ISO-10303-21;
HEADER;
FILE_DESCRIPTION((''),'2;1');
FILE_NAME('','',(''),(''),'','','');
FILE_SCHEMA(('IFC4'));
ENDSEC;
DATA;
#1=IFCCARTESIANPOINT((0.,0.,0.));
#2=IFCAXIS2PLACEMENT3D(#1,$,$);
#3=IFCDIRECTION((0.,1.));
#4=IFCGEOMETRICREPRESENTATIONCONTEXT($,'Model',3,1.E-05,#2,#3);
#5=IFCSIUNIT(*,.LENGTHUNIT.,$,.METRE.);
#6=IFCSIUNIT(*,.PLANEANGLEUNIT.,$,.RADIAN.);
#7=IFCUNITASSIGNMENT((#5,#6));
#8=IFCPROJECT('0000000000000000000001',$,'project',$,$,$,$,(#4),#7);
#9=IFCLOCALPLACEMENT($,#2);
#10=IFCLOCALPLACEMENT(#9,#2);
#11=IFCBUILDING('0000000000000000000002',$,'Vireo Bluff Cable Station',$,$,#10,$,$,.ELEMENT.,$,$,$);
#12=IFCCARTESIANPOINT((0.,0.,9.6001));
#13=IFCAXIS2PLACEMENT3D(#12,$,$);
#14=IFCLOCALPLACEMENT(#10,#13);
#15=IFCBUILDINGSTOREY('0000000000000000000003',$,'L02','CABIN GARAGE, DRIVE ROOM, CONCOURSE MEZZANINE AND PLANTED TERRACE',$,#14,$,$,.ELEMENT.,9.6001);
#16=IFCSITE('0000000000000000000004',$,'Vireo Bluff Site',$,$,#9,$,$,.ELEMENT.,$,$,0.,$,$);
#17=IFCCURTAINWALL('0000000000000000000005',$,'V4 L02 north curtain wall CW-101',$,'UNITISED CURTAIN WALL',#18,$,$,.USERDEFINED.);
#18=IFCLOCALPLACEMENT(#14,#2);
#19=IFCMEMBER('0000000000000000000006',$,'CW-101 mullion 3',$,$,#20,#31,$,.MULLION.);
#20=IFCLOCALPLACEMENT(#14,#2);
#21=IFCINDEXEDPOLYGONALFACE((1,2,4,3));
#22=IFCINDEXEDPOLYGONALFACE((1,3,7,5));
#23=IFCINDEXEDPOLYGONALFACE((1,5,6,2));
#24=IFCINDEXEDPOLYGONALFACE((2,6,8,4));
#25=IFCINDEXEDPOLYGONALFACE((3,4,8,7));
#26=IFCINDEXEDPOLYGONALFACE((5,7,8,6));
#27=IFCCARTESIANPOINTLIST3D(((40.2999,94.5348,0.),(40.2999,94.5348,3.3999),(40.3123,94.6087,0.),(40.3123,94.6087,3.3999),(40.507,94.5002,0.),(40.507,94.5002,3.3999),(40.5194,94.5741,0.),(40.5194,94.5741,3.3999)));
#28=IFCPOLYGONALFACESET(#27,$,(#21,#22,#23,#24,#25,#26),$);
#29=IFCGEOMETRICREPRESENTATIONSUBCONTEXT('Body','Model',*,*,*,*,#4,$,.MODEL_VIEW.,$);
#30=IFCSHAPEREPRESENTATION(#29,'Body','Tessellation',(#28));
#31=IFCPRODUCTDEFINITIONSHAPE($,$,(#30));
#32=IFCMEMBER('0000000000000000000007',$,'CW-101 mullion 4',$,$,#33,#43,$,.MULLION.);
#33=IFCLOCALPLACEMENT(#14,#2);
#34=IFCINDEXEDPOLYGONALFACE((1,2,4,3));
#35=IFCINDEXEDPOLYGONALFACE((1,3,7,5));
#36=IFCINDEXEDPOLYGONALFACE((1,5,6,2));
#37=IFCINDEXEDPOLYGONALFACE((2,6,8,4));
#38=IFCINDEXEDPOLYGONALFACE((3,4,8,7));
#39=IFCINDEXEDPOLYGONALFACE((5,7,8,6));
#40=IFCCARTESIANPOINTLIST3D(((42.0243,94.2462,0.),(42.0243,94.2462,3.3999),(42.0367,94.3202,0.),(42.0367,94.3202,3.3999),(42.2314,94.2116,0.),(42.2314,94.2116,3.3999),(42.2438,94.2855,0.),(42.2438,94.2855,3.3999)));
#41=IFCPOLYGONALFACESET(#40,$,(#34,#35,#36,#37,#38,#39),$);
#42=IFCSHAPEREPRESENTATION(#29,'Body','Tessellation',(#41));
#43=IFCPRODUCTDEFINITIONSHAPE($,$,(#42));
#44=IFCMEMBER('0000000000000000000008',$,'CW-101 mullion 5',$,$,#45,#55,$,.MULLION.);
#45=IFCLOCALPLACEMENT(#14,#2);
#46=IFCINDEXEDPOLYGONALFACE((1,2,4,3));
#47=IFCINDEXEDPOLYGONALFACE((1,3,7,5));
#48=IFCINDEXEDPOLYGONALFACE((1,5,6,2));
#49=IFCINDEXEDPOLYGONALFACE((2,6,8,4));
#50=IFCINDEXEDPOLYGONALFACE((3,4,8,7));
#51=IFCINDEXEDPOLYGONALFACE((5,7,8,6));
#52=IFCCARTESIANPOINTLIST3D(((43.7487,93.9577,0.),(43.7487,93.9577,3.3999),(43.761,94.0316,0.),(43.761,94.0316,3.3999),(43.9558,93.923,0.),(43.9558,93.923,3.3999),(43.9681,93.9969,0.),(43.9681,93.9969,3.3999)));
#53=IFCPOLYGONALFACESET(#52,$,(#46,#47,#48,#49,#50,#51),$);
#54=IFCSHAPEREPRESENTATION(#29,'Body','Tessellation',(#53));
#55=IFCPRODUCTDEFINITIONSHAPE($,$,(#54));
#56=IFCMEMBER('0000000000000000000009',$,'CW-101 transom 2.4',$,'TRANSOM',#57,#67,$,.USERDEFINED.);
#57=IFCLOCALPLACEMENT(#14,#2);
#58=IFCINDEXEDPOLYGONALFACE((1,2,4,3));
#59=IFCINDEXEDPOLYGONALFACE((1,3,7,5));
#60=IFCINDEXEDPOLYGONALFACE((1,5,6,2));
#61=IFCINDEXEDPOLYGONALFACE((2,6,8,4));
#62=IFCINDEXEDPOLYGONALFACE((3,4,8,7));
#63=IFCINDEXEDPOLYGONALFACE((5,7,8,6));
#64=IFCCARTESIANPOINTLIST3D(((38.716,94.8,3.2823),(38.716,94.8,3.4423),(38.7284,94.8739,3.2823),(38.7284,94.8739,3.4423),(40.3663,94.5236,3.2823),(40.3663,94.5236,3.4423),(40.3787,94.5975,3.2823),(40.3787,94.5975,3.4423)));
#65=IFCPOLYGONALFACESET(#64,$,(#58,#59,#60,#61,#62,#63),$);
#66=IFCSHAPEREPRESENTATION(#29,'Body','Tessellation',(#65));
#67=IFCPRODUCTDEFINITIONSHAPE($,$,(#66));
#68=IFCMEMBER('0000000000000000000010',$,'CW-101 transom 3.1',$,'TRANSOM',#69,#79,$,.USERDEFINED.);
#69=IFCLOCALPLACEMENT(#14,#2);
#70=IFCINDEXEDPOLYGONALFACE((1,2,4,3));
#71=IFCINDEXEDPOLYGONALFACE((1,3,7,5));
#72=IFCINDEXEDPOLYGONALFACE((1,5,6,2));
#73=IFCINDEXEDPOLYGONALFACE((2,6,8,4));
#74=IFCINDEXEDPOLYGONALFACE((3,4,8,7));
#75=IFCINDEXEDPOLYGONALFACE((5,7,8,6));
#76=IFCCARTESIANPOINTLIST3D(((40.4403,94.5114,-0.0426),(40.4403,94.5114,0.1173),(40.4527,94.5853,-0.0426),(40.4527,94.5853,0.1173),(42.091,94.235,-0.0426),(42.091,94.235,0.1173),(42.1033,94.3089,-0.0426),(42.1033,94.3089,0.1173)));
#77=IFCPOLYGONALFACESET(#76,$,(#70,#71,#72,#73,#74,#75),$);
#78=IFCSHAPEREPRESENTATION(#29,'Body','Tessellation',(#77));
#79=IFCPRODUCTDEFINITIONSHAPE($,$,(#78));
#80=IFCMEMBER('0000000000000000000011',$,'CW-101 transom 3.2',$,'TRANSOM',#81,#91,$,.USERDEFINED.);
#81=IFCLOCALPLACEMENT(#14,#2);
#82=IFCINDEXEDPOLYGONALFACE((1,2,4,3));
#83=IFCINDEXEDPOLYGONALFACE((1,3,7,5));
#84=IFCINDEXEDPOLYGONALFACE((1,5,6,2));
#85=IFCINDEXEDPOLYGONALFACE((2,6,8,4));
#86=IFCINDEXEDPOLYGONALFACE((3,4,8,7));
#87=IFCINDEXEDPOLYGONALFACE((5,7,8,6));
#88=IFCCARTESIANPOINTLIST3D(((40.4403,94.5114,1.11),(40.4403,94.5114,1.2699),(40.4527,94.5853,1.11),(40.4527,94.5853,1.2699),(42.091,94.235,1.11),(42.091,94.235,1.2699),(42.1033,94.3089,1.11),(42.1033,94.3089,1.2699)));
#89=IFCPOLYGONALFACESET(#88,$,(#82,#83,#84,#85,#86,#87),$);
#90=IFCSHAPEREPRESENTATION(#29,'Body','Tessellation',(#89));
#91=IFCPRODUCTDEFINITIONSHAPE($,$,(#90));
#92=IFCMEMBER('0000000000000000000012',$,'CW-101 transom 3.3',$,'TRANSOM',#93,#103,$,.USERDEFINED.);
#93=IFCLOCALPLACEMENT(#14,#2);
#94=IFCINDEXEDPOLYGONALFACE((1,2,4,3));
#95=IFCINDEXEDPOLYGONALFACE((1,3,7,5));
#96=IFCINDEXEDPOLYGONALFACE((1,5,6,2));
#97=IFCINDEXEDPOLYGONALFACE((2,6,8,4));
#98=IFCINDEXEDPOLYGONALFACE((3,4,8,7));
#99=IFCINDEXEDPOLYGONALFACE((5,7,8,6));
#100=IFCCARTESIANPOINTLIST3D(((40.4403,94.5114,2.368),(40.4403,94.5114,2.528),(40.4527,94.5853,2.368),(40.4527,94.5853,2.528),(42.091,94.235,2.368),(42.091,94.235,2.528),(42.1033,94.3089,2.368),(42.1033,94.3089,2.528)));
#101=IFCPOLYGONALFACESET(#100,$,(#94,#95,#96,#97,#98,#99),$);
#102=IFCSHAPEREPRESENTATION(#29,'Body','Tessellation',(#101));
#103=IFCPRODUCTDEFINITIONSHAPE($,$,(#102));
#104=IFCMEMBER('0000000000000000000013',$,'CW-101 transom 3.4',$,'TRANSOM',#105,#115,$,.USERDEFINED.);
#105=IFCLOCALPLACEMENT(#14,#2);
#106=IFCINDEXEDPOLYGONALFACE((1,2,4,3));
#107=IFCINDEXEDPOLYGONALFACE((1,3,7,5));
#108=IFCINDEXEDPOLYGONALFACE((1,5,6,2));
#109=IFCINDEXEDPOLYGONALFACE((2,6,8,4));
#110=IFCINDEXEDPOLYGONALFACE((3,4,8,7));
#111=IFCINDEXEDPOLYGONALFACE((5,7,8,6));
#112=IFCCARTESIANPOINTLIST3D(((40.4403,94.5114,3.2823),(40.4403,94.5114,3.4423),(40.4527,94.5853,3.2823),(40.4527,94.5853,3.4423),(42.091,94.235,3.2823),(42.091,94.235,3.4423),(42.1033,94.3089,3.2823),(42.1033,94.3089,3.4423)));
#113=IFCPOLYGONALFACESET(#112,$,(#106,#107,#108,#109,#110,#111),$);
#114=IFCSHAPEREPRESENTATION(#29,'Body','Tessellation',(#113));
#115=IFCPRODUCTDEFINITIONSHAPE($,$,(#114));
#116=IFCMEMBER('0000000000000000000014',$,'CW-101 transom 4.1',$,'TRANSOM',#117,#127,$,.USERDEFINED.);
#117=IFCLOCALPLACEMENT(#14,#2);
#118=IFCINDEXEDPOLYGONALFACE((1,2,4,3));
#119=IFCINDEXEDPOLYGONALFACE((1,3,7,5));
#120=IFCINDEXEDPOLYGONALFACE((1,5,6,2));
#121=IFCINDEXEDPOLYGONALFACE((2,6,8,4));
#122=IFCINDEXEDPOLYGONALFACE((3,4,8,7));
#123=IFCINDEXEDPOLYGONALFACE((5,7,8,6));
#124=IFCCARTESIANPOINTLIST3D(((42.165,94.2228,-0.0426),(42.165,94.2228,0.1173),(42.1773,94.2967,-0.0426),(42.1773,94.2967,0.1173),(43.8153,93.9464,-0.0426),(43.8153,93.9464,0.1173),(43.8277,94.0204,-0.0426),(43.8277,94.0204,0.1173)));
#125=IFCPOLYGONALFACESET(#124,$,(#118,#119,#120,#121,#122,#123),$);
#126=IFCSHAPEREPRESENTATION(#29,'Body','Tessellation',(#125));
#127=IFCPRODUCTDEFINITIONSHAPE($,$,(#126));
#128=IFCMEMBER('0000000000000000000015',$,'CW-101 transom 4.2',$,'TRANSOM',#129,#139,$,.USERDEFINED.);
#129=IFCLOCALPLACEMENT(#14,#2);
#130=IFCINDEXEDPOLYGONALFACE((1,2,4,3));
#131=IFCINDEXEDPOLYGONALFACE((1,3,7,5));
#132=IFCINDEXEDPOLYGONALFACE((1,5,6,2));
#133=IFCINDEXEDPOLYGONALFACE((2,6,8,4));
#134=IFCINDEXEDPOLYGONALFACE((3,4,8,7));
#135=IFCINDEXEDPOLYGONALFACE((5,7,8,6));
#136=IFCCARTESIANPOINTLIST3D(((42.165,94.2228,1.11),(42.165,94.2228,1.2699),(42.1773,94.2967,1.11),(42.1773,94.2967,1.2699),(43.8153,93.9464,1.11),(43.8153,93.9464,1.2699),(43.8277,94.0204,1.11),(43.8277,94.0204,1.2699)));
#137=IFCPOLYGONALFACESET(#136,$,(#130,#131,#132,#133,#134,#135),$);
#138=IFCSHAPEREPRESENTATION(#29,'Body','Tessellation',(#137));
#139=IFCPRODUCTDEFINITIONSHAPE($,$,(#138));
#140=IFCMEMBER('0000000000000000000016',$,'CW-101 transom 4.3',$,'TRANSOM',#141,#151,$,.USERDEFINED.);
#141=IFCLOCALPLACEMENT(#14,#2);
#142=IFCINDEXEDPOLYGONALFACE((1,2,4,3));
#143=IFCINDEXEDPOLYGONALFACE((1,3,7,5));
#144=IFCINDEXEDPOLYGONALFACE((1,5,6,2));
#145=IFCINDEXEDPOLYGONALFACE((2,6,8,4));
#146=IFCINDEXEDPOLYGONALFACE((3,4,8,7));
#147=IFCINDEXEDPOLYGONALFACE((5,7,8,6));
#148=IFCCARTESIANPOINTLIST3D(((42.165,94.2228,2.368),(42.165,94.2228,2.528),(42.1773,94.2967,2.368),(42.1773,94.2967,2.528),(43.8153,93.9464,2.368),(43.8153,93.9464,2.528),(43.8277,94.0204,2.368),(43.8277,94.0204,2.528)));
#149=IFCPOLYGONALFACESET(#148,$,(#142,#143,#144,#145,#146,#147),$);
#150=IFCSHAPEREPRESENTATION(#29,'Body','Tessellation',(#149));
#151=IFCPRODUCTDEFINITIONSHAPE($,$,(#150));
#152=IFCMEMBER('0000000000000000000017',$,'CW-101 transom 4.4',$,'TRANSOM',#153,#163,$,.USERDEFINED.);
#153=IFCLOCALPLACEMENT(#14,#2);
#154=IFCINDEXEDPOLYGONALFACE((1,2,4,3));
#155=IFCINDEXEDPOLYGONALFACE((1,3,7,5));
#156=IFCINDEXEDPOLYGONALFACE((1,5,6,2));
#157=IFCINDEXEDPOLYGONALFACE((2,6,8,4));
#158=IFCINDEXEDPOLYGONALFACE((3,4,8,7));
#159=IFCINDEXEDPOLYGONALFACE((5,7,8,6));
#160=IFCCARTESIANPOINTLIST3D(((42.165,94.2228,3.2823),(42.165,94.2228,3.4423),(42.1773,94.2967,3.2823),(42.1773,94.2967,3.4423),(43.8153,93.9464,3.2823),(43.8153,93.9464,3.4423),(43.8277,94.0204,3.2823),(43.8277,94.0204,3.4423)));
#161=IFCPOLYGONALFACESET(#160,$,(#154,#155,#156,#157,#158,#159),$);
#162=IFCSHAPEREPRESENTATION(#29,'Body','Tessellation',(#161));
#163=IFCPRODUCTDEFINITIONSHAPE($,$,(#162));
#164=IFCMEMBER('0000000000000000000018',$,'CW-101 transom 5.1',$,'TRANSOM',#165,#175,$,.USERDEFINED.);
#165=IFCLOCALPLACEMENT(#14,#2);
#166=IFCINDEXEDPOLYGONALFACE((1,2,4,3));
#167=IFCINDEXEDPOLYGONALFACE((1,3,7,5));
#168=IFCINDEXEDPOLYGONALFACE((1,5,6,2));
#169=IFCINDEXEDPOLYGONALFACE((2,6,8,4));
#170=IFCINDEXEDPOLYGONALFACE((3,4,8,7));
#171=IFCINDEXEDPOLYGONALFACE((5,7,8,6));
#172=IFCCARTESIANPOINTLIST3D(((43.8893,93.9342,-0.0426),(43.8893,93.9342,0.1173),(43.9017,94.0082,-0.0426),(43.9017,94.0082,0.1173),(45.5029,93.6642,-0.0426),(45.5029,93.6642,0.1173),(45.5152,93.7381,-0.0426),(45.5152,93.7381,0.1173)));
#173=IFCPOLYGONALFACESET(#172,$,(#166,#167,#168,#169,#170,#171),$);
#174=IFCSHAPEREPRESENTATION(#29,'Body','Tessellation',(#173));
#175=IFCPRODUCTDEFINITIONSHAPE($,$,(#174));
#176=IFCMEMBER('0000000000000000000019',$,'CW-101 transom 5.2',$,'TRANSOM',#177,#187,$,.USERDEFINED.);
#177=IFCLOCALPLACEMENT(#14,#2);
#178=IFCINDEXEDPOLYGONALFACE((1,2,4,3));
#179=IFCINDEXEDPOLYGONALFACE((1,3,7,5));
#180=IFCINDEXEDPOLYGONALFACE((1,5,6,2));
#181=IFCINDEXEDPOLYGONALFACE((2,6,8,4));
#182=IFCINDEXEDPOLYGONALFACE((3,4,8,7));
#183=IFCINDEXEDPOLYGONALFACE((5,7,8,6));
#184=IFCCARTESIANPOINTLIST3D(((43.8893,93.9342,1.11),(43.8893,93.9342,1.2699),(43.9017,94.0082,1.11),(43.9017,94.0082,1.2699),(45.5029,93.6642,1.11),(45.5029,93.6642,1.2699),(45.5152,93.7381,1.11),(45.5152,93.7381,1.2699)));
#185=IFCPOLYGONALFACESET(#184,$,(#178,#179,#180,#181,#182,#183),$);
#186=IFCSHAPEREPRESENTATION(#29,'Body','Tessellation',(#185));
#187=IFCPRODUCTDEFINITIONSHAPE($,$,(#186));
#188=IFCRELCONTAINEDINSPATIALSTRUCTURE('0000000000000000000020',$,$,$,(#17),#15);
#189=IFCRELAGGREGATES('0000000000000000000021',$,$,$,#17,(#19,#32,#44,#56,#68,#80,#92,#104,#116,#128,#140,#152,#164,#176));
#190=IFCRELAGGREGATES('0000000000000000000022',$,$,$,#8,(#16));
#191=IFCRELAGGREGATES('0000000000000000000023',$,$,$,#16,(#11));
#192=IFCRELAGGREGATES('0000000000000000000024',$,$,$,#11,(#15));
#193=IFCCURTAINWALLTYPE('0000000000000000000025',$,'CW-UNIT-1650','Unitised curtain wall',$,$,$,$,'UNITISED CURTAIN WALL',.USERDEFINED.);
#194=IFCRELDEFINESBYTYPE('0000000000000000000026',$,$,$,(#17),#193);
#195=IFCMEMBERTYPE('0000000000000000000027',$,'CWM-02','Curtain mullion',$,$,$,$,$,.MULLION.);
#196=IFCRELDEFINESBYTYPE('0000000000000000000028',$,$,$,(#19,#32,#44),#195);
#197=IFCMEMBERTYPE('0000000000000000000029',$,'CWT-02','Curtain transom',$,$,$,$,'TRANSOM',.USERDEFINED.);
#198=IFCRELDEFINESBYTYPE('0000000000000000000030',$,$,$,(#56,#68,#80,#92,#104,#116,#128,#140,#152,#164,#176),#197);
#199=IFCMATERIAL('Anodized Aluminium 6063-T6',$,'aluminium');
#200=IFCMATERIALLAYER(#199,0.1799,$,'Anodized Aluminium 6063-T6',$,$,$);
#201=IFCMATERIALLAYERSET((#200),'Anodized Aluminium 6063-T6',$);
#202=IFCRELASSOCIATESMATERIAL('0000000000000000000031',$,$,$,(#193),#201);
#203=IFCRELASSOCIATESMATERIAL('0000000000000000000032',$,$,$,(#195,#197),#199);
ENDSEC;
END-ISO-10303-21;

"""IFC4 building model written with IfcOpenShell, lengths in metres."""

from ifc_helpers import new_model, si_unit, direction, frame, origin, origin_2d, place, context, subcontext, project, spatial, rectangle, extrude, material, layer, layer_set, material_profile, profile_set, type_object, element, aggregate, save


model = new_model("IFC4")

# Units and contexts
model_context = context("Model", 3, precision=1e-05, world=origin(), true_north=direction((0.0, 1.0)))
body_context = subcontext(model_context, "Body", "Model", "MODEL_VIEW")
ifc_project = project(units=[si_unit("LENGTHUNIT", "METRE"), si_unit("PLANEANGLEUNIT", "RADIAN")], contexts=[model_context])

# Site, building, storey
site_placement = place(None, origin())
site = spatial("IfcSite", under=ifc_project, at=site_placement, Name="Vireo Bluff Site", CompositionType="ELEMENT", RefElevation=0.0)
building_placement = place(site_placement, origin())
building = spatial("IfcBuilding", under=site, at=building_placement, Name="Vireo Bluff Cable Station", CompositionType="ELEMENT")
storey_placement = place(building_placement, frame((0.0, 0.0, 9.6001)))
storey = spatial("IfcBuildingStorey", under=building, at=storey_placement, Name="L02", Description="CABIN GARAGE, DRIVE ROOM, CONCOURSE MEZZANINE AND PLANTED TERRACE", CompositionType="ELEMENT", Elevation=9.6001)

# Curtain wall, members
ifc_material_1 = material(Name="Anodized Aluminium 6063-T6", Category="aluminium")
ifc_layer_1 = layer(ifc_material_1, 0.1799, Name="Anodized Aluminium 6063-T6")
ifc_layer_set_1 = layer_set([ifc_layer_1], Name="Anodized Aluminium 6063-T6")
curtain_wall_type = type_object("IfcCurtainWallType", Name="CW-UNIT-1650", Description="Unitised curtain wall", ElementType="UNITISED CURTAIN WALL", PredefinedType="USERDEFINED", material=ifc_layer_set_1)
curtain_wall_placement = place(storey_placement, origin())
curtain_wall = element("IfcCurtainWall", 1, at=curtain_wall_placement, inside=storey, type_object=curtain_wall_type, Name="V4 L02 north curtain wall CW-101", ObjectType="UNITISED CURTAIN WALL", PredefinedType="USERDEFINED")
ifc_material_profile_1 = material_profile(ifc_material_1, rectangle(XDim=0.075, YDim=0.21, at=origin_2d()), Name="ALU-M-75X210")
ifc_profile_set_1 = profile_set([ifc_material_profile_1], Name="Anodized Aluminium 6063-T6")
member_type_1 = type_object("IfcMemberType", Name="CWM-02", Description="Curtain mullion", PredefinedType="MULLION", material=ifc_profile_set_1)
member_1_placement = place(storey_placement, frame((40.4097, 94.5544, 0.0), z_axis=(0.0, 0.0, 1.0), x_axis=(0.165048, 0.986286, 0.0)))
member_1 = element("IfcMember", 2, at=member_1_placement, type_object=member_type_1, Name="CW-101 mullion 3", PredefinedType="MULLION", context=body_context, shape_type="SweptSolid", body=[
    extrude(rectangle(XDim=0.075, YDim=0.21, at=origin_2d()), origin(), (0.0, 0.0, 1.0), 3.3999),
])
member_2_placement = place(storey_placement, frame((42.134, 94.2659, 0.0), z_axis=(0.0, 0.0, 1.0), x_axis=(0.165048, 0.986286, 0.0)))
member_2 = element("IfcMember", 3, at=member_2_placement, type_object=member_type_1, Name="CW-101 mullion 4", PredefinedType="MULLION", context=body_context, shape_type="SweptSolid", body=[
    extrude(rectangle(XDim=0.075, YDim=0.21, at=origin_2d()), origin(), (0.0, 0.0, 1.0), 3.3999),
])
member_3_placement = place(storey_placement, frame((43.8584, 93.9773, 0.0), z_axis=(0.0, 0.0, 1.0), x_axis=(0.165048, 0.986286, 0.0)))
member_3 = element("IfcMember", 4, at=member_3_placement, type_object=member_type_1, Name="CW-101 mullion 5", PredefinedType="MULLION", context=body_context, shape_type="SweptSolid", body=[
    extrude(rectangle(XDim=0.075, YDim=0.21, at=origin_2d()), origin(), (0.0, 0.0, 1.0), 3.3999),
])
ifc_material_profile_2 = material_profile(ifc_material_1, rectangle(XDim=0.075, YDim=0.1599, at=origin_2d()), Name="ALU-T-75X160")
ifc_profile_set_2 = profile_set([ifc_material_profile_2], Name="Anodized Aluminium 6063-T6")
member_type_2 = type_object("IfcMemberType", Name="CWT-02", Description="Curtain transom", ElementType="TRANSOM", PredefinedType="USERDEFINED", material=ifc_profile_set_2)
member_4_placement = place(storey_placement, frame((38.7222, 94.8369, 3.3623), z_axis=(0.986267, -0.165156, 0.0), x_axis=(0.165156, 0.986267, 0.0)))
member_4 = element("IfcMember", 5, at=member_4_placement, type_object=member_type_2, Name="CW-101 transom 2.4", ObjectType="TRANSOM", PredefinedType="USERDEFINED", context=body_context, shape_type="SweptSolid", body=[
    extrude(rectangle(XDim=0.075, YDim=0.1599, at=origin_2d()), origin(), (0.0, 0.0, 1.0), 1.6733),
])
member_5_placement = place(storey_placement, frame((40.4465, 94.5483, 0.0374), z_axis=(0.986271, -0.165132, 0.0), x_axis=(0.165132, 0.986271, 0.0)))
member_5 = element("IfcMember", 6, at=member_5_placement, type_object=member_type_2, Name="CW-101 transom 3.1", ObjectType="TRANSOM", PredefinedType="USERDEFINED", context=body_context, shape_type="SweptSolid", body=[
    extrude(rectangle(XDim=0.075, YDim=0.1599, at=origin_2d()), origin(), (0.0, 0.0, 1.0), 1.6736),
])
member_6_placement = place(storey_placement, frame((40.4465, 94.5483, 1.1899), z_axis=(0.986271, -0.165132, 0.0), x_axis=(0.165132, 0.986271, 0.0)))
member_6 = element("IfcMember", 7, at=member_6_placement, type_object=member_type_2, Name="CW-101 transom 3.2", ObjectType="TRANSOM", PredefinedType="USERDEFINED", context=body_context, shape_type="SweptSolid", body=[
    extrude(rectangle(XDim=0.075, YDim=0.1599, at=origin_2d()), origin(), (0.0, 0.0, 1.0), 1.6736),
])
member_7_placement = place(storey_placement, frame((40.4465, 94.5483, 2.448), z_axis=(0.986271, -0.165132, 0.0), x_axis=(0.165132, 0.986271, 0.0)))
member_7 = element("IfcMember", 8, at=member_7_placement, type_object=member_type_2, Name="CW-101 transom 3.3", ObjectType="TRANSOM", PredefinedType="USERDEFINED", context=body_context, shape_type="SweptSolid", body=[
    extrude(rectangle(XDim=0.075, YDim=0.1599, at=origin_2d()), origin(), (0.0, 0.0, 1.0), 1.6736),
])
member_8_placement = place(storey_placement, frame((40.4465, 94.5483, 3.3623), z_axis=(0.986271, -0.165132, 0.0), x_axis=(0.165132, 0.986271, 0.0)))
member_8 = element("IfcMember", 9, at=member_8_placement, type_object=member_type_2, Name="CW-101 transom 3.4", ObjectType="TRANSOM", PredefinedType="USERDEFINED", context=body_context, shape_type="SweptSolid", body=[
    extrude(rectangle(XDim=0.075, YDim=0.1599, at=origin_2d()), origin(), (0.0, 0.0, 1.0), 1.6736),
])
member_9_placement = place(storey_placement, frame((42.1711, 94.2598, 0.0374), z_axis=(0.986267, -0.165156, 0.0), x_axis=(0.165156, 0.986267, 0.0)))
member_9 = element("IfcMember", 10, at=member_9_placement, type_object=member_type_2, Name="CW-101 transom 4.1", ObjectType="TRANSOM", PredefinedType="USERDEFINED", context=body_context, shape_type="SweptSolid", body=[
    extrude(rectangle(XDim=0.075, YDim=0.1599, at=origin_2d()), origin(), (0.0, 0.0, 1.0), 1.6733),
])
member_10_placement = place(storey_placement, frame((42.1711, 94.2598, 1.1899), z_axis=(0.986267, -0.165156, 0.0), x_axis=(0.165156, 0.986267, 0.0)))
member_10 = element("IfcMember", 11, at=member_10_placement, type_object=member_type_2, Name="CW-101 transom 4.2", ObjectType="TRANSOM", PredefinedType="USERDEFINED", context=body_context, shape_type="SweptSolid", body=[
    extrude(rectangle(XDim=0.075, YDim=0.1599, at=origin_2d()), origin(), (0.0, 0.0, 1.0), 1.6733),
])
member_11_placement = place(storey_placement, frame((42.1711, 94.2598, 2.448), z_axis=(0.986267, -0.165156, 0.0), x_axis=(0.165156, 0.986267, 0.0)))
member_11 = element("IfcMember", 12, at=member_11_placement, type_object=member_type_2, Name="CW-101 transom 4.3", ObjectType="TRANSOM", PredefinedType="USERDEFINED", context=body_context, shape_type="SweptSolid", body=[
    extrude(rectangle(XDim=0.075, YDim=0.1599, at=origin_2d()), origin(), (0.0, 0.0, 1.0), 1.6733),
])
member_12_placement = place(storey_placement, frame((42.1711, 94.2598, 3.3623), z_axis=(0.986267, -0.165156, 0.0), x_axis=(0.165156, 0.986267, 0.0)))
member_12 = element("IfcMember", 13, at=member_12_placement, type_object=member_type_2, Name="CW-101 transom 4.4", ObjectType="TRANSOM", PredefinedType="USERDEFINED", context=body_context, shape_type="SweptSolid", body=[
    extrude(rectangle(XDim=0.075, YDim=0.1599, at=origin_2d()), origin(), (0.0, 0.0, 1.0), 1.6733),
])
member_13_placement = place(storey_placement, frame((43.8955, 93.9712, 0.0374), z_axis=(0.986285, -0.165052, 0.0), x_axis=(0.165052, 0.986285, 0.0)))
member_13 = element("IfcMember", 14, at=member_13_placement, type_object=member_type_2, Name="CW-101 transom 5.1", ObjectType="TRANSOM", PredefinedType="USERDEFINED", context=body_context, shape_type="SweptSolid", body=[
    extrude(rectangle(XDim=0.075, YDim=0.1599, at=origin_2d()), origin(), (0.0, 0.0, 1.0), 1.636),
])
member_14_placement = place(storey_placement, frame((43.8955, 93.9712, 1.1899), z_axis=(0.986285, -0.165052, 0.0), x_axis=(0.165052, 0.986285, 0.0)))
member_14 = element("IfcMember", 15, at=member_14_placement, type_object=member_type_2, Name="CW-101 transom 5.2", ObjectType="TRANSOM", PredefinedType="USERDEFINED", context=body_context, shape_type="SweptSolid", body=[
    extrude(rectangle(XDim=0.075, YDim=0.1599, at=origin_2d()), origin(), (0.0, 0.0, 1.0), 1.636),
])
aggregate(curtain_wall, [member_1, member_2, member_3, member_4, member_5, member_6, member_7, member_8, member_9, member_10, member_11, member_12, member_13, member_14])

save(model, "model.ifc")
